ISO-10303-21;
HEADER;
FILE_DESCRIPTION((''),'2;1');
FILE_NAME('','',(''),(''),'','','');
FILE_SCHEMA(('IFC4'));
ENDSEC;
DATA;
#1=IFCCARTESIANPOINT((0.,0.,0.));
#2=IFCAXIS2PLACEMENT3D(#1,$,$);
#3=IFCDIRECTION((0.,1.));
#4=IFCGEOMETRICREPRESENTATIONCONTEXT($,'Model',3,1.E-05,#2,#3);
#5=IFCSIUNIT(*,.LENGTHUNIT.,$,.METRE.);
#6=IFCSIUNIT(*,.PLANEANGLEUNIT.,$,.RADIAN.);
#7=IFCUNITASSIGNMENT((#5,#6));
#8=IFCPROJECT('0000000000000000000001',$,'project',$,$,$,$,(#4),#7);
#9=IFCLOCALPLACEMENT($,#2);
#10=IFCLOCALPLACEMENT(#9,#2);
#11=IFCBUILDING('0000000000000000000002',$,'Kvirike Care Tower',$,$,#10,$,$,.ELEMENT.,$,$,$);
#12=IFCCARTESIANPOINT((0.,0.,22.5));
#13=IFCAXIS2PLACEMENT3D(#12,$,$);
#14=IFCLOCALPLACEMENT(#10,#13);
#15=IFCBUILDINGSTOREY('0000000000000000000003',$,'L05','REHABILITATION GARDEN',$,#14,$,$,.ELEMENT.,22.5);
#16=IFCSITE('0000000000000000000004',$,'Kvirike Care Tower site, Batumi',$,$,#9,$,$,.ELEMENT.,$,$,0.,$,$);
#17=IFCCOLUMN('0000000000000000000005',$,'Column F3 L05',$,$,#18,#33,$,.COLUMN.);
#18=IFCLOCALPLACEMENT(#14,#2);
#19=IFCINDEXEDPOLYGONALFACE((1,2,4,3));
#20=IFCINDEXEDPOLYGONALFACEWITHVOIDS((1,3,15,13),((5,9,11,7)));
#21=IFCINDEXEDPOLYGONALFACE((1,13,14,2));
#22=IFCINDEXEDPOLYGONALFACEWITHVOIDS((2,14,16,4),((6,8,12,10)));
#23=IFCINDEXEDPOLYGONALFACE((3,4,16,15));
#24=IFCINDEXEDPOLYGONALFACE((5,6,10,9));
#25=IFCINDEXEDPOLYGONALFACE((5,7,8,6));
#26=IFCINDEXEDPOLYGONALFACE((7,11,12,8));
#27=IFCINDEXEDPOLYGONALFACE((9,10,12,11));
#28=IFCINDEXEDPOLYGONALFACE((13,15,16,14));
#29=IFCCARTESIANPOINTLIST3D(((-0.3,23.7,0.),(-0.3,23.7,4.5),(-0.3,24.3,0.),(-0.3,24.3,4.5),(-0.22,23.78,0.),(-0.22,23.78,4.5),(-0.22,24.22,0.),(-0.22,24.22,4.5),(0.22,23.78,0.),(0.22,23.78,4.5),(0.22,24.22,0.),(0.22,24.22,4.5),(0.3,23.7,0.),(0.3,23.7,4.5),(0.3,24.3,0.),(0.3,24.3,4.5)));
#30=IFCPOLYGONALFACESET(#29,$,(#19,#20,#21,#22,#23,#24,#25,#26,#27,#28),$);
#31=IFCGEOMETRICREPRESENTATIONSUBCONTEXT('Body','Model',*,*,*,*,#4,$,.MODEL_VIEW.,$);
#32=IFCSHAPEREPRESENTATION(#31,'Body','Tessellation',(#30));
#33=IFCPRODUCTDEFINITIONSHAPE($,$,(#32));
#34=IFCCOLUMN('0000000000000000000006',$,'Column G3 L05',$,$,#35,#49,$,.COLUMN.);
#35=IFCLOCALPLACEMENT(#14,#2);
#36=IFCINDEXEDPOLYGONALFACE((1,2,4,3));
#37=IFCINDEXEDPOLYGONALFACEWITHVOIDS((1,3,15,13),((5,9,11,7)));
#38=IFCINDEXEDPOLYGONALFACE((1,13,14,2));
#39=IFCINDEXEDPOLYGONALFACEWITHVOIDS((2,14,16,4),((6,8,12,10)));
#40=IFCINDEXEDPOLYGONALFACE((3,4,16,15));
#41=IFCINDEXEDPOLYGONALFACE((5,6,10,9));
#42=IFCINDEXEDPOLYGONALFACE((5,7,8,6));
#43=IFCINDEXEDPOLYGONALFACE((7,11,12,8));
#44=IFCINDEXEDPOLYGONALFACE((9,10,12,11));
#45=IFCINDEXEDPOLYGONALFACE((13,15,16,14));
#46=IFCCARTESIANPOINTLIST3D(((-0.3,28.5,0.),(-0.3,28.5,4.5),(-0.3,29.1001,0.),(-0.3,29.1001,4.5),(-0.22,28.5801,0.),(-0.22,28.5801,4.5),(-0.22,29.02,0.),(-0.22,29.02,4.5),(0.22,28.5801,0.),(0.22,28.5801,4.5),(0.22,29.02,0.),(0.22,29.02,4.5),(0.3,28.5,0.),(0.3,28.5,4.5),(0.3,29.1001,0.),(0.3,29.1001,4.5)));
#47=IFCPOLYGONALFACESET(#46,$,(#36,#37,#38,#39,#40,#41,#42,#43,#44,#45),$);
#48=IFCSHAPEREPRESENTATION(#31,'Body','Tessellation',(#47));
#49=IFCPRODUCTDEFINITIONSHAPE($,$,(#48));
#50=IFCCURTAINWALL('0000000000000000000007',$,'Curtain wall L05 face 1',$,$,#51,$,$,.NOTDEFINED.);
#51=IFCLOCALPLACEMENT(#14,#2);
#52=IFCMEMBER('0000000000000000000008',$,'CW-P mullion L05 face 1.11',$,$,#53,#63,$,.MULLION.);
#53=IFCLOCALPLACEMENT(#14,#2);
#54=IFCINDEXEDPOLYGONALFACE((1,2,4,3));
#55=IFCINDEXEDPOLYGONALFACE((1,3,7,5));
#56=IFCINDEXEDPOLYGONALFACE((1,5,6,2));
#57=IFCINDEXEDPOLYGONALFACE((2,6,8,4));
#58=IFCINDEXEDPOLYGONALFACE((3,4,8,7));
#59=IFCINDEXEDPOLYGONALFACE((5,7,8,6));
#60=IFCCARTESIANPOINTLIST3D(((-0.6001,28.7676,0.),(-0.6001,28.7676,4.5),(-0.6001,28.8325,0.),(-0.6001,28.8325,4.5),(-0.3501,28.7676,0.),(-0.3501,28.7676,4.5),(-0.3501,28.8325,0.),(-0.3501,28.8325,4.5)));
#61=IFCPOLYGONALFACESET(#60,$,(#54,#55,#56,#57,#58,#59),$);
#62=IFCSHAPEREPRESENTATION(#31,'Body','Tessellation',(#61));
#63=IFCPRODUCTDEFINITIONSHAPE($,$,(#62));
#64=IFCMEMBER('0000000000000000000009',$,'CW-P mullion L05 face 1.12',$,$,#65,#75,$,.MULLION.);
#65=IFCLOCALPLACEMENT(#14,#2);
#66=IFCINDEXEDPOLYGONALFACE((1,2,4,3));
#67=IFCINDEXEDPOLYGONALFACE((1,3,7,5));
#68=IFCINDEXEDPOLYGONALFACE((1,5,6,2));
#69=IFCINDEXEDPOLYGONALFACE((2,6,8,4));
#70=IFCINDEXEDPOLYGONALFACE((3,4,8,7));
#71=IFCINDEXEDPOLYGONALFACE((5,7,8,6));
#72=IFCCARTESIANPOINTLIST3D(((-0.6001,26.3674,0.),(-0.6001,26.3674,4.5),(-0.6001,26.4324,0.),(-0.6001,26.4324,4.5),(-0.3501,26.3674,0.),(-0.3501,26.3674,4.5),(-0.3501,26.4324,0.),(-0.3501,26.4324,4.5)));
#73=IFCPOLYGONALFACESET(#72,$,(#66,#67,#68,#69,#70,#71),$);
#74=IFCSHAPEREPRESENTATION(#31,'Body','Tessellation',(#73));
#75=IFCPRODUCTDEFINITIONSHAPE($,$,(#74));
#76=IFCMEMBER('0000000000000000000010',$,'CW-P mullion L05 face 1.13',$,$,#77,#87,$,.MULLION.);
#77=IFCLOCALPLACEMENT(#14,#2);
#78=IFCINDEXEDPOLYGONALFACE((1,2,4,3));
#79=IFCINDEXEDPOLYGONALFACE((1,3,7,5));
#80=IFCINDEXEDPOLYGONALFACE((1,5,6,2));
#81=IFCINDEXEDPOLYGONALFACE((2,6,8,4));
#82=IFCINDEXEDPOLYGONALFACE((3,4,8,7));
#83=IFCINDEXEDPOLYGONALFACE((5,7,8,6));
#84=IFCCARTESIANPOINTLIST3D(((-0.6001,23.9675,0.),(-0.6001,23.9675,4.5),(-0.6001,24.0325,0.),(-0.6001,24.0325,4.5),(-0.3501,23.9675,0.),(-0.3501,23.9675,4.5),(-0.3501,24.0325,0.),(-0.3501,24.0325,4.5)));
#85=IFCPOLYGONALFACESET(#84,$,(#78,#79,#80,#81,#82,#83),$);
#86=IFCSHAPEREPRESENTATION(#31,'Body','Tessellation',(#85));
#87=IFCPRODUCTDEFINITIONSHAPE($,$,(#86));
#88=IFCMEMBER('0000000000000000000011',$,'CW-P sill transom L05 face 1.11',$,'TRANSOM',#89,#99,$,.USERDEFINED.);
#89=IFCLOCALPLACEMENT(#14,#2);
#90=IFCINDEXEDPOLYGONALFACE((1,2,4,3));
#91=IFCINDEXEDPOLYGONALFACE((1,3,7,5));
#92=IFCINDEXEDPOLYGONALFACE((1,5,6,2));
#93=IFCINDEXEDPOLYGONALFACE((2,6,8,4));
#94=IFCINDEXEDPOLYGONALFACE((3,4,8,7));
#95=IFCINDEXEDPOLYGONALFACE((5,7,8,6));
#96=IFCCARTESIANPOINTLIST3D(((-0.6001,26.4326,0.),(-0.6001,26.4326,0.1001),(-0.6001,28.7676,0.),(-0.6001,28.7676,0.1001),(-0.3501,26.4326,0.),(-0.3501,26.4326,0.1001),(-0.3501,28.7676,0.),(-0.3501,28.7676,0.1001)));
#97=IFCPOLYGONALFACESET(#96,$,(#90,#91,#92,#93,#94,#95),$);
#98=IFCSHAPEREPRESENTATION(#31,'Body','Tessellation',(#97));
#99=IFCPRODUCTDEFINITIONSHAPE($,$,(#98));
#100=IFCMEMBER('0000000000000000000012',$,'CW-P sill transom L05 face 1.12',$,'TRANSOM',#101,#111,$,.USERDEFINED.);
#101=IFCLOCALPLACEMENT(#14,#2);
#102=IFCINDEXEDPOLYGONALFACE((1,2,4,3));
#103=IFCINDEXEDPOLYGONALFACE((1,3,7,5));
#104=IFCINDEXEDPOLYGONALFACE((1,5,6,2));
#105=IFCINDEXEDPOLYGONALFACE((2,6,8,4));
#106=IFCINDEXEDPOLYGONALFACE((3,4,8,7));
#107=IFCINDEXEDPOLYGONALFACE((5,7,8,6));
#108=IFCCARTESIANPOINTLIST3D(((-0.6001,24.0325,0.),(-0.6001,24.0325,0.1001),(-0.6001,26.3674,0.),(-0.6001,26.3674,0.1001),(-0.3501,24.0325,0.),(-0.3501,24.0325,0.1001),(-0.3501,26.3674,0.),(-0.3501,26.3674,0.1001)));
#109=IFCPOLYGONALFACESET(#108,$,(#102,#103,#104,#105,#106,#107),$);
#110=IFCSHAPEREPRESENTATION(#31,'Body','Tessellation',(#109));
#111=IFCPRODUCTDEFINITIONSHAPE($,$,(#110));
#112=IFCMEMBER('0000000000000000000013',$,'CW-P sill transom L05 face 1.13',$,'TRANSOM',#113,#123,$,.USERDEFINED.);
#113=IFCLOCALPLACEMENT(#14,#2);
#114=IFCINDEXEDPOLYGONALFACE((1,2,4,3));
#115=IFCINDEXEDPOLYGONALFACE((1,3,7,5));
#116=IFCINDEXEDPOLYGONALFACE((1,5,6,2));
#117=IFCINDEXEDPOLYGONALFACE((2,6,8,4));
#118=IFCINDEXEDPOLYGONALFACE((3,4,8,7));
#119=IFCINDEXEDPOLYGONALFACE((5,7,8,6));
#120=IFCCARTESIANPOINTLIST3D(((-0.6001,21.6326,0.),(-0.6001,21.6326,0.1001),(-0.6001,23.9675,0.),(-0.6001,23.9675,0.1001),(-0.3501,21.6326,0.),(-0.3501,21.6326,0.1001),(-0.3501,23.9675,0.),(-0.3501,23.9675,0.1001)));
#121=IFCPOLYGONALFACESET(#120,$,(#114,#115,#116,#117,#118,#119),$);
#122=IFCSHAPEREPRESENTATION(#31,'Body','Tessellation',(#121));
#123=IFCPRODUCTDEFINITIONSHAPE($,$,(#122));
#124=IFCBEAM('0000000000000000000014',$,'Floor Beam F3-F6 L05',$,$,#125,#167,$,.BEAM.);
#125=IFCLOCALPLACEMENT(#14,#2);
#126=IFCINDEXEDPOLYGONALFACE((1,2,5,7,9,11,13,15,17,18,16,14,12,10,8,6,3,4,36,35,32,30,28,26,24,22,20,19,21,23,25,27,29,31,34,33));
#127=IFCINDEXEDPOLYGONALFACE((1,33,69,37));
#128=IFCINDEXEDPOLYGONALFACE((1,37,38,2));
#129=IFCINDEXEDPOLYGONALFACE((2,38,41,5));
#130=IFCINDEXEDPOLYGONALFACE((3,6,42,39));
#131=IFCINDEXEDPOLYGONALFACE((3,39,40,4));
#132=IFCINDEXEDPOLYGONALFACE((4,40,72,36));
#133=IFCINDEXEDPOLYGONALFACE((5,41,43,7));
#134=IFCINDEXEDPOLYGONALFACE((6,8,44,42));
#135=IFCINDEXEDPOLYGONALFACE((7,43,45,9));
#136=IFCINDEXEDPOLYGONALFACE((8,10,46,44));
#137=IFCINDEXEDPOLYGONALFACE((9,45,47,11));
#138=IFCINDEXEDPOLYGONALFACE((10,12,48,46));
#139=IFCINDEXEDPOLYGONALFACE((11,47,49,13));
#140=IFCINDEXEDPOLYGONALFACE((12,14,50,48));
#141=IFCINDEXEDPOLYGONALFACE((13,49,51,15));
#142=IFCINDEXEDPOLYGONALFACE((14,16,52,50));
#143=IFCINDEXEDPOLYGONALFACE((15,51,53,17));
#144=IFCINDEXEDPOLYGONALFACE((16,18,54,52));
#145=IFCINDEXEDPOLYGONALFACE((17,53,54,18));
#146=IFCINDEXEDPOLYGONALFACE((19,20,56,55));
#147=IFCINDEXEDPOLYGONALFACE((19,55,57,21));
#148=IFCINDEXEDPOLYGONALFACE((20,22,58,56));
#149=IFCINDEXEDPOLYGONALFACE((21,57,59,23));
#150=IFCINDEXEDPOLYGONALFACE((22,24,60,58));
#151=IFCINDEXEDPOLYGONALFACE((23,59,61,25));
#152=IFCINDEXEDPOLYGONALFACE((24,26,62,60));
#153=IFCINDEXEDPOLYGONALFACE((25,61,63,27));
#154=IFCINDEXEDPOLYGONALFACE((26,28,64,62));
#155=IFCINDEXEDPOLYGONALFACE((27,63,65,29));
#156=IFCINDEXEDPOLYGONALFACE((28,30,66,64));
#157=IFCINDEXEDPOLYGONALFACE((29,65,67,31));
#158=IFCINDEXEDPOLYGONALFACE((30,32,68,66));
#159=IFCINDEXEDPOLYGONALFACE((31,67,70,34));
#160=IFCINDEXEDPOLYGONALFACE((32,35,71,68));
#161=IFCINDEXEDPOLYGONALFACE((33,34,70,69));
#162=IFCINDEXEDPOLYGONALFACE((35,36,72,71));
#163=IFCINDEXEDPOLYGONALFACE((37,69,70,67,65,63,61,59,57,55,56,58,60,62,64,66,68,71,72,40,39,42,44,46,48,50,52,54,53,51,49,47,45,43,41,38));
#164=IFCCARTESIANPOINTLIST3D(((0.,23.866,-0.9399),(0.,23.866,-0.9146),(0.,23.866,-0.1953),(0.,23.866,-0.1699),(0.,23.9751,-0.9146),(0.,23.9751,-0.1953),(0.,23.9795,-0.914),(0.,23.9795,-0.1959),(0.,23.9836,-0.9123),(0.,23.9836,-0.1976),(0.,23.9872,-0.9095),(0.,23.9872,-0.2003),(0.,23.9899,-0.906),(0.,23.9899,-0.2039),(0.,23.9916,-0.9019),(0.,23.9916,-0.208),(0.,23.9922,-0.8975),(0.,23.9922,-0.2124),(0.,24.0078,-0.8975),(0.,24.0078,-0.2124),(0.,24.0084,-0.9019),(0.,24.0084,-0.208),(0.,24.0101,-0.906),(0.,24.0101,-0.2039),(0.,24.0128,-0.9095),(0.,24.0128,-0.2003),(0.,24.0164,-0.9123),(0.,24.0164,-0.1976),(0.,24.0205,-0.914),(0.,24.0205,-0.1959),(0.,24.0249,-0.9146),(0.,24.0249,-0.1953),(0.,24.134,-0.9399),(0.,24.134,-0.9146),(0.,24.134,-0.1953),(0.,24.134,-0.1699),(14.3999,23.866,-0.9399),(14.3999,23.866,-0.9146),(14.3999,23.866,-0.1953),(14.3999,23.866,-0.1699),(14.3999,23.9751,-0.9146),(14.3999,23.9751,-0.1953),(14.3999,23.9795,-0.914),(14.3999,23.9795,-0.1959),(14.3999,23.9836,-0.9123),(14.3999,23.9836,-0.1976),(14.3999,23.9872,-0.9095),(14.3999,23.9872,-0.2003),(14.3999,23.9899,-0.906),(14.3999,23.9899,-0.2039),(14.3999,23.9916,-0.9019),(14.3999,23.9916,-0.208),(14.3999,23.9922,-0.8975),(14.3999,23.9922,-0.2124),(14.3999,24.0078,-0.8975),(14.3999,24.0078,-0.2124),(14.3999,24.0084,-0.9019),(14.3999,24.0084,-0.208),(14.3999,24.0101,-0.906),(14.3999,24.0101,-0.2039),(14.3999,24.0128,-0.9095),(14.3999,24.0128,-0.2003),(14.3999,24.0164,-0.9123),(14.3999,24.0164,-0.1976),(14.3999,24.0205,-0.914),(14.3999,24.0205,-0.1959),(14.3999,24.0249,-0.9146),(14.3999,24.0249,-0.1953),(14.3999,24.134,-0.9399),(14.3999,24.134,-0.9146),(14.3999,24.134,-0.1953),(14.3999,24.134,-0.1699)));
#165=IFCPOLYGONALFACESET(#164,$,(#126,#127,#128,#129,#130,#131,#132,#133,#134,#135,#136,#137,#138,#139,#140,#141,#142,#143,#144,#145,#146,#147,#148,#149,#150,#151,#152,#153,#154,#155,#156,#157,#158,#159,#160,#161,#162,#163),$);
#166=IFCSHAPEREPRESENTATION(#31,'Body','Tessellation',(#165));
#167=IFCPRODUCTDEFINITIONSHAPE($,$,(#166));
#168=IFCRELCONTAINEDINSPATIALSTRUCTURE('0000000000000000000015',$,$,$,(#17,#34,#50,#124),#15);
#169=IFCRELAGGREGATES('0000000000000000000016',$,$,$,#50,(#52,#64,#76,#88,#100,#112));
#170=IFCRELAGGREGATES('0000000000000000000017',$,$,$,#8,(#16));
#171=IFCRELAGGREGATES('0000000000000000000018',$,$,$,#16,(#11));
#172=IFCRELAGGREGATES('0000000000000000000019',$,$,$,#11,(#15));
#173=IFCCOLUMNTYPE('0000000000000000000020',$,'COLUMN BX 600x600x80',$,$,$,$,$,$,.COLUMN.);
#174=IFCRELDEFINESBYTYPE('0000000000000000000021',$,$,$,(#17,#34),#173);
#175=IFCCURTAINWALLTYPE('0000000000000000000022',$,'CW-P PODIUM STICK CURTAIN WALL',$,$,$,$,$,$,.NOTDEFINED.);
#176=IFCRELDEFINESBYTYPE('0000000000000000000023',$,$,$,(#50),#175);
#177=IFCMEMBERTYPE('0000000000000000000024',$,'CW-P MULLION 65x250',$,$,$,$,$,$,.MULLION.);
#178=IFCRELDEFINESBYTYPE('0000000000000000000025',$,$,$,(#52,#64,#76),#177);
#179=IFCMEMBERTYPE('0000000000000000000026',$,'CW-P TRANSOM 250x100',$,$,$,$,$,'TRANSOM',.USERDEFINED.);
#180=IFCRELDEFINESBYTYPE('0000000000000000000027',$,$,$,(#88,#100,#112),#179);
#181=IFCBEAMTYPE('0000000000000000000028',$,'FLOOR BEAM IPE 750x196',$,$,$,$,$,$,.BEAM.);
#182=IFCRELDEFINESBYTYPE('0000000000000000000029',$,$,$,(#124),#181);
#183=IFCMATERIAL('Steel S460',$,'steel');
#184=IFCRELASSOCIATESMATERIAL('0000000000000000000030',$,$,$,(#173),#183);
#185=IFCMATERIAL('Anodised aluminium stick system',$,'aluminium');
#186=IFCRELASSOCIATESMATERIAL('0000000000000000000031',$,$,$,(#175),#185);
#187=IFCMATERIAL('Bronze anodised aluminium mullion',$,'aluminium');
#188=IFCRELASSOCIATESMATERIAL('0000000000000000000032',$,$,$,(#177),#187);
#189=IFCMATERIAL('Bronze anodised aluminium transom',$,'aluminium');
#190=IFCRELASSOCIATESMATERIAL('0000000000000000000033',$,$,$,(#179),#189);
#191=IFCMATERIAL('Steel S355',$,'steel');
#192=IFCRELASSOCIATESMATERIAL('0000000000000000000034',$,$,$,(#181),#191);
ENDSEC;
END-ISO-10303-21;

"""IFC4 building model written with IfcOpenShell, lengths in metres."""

from ifc_helpers import new_model, si_unit, direction, frame, origin, origin_2d, place, context, subcontext, project, spatial, rectangle, hollow_rectangle, i_section, extrude, material, material_profile, profile_set, type_object, element, aggregate, save


model = new_model("IFC4")

# Units and contexts
model_context = context("Model", 3, precision=1e-05, world=origin(), true_north=direction((0.0, 1.0)))
body_context = subcontext(model_context, "Body", "Model", "MODEL_VIEW")
ifc_project = project(units=[si_unit("LENGTHUNIT", "METRE"), si_unit("PLANEANGLEUNIT", "RADIAN")], contexts=[model_context])

# Site, building, storey
site_placement = place(None, origin())
site = spatial("IfcSite", under=ifc_project, at=site_placement, Name="Kvirike Care Tower site, Batumi", CompositionType="ELEMENT", RefElevation=0.0)
building_placement = place(site_placement, origin())
building = spatial("IfcBuilding", under=site, at=building_placement, Name="Kvirike Care Tower", CompositionType="ELEMENT")
storey_placement = place(building_placement, frame((0.0, 0.0, 22.5)))
storey = spatial("IfcBuildingStorey", under=building, at=storey_placement, Name="L05", Description="REHABILITATION GARDEN", CompositionType="ELEMENT", Elevation=22.5)

# Columns
ifc_material_1 = material(Name="Steel S460", Category="steel")
ifc_material_profile_1 = material_profile(ifc_material_1, hollow_rectangle(XDim=0.6001, YDim=0.6001, WallThickness=0.0801, at=origin_2d()), Name="BX 600x600x80")
ifc_profile_set_1 = profile_set([ifc_material_profile_1], Name="Steel S460")
column_type = type_object("IfcColumnType", Name="COLUMN BX 600x600x80", PredefinedType="COLUMN", material=ifc_profile_set_1)
for number, where, z_axis, x_axis, name in (
    (1, (0.0, 24.0, 0.0), (0.0, 0.0, 1.0), (1.0, 0.0, 0.0), "Column F3 L05"),
    (2, (0.0, 28.8, 0.0), (0.0, 0.0, 1.0), (0.0, 1.0, 0.0), "Column G3 L05"),
):
    element("IfcColumn", number, at=place(storey_placement, frame(where, z_axis=z_axis, x_axis=x_axis)), inside=storey, type_object=column_type, Name=name, PredefinedType="COLUMN", context=body_context, shape_type="SweptSolid", body=[
        extrude(hollow_rectangle(XDim=0.6001, YDim=0.6001, WallThickness=0.0801, at=origin_2d()), origin(), (0.0, 0.0, 1.0), 4.5),
    ])

# Curtain wall, members
ifc_material_2 = material(Name="Anodised aluminium stick system", Category="aluminium")
curtain_wall_type = type_object("IfcCurtainWallType", Name="CW-P PODIUM STICK CURTAIN WALL", PredefinedType="NOTDEFINED", material=ifc_material_2)
curtain_wall_placement = place(storey_placement, origin())
curtain_wall = element("IfcCurtainWall", 3, at=curtain_wall_placement, inside=storey, type_object=curtain_wall_type, Name="Curtain wall L05 face 1", PredefinedType="NOTDEFINED")
ifc_material_3 = material(Name="Bronze anodised aluminium mullion", Category="aluminium")
ifc_material_profile_2 = material_profile(ifc_material_3, rectangle(XDim=0.0649, YDim=0.25, at=origin_2d()), Name="CW-P MULLION 65x250")
ifc_profile_set_2 = profile_set([ifc_material_profile_2], Name="Bronze anodised aluminium mullion")
member_type_1 = type_object("IfcMemberType", Name="CW-P MULLION 65x250", PredefinedType="MULLION", material=ifc_profile_set_2)
member_1_placement = place(storey_placement, frame((-0.4751, 28.8, 0.0), z_axis=(0.0, 0.0, 1.0), x_axis=(0.0, -1.0, 0.0)))
member_1 = element("IfcMember", 4, at=member_1_placement, type_object=member_type_1, Name="CW-P mullion L05 face 1.11", PredefinedType="MULLION", context=body_context, shape_type="SweptSolid", body=[
    extrude(rectangle(XDim=0.0649, YDim=0.25, at=origin_2d()), origin(), (0.0, 0.0, 1.0), 4.5),
])
member_2_placement = place(storey_placement, frame((-0.4751, 26.3999, 0.0), z_axis=(0.0, 0.0, 1.0), x_axis=(0.0, -1.0, 0.0)))
member_2 = element("IfcMember", 5, at=member_2_placement, type_object=member_type_1, Name="CW-P mullion L05 face 1.12", PredefinedType="MULLION", context=body_context, shape_type="SweptSolid", body=[
    extrude(rectangle(XDim=0.0649, YDim=0.25, at=origin_2d()), origin(), (0.0, 0.0, 1.0), 4.5),
])
member_3_placement = place(storey_placement, frame((-0.4751, 24.0, 0.0), z_axis=(0.0, 0.0, 1.0), x_axis=(0.0, -1.0, 0.0)))
member_3 = element("IfcMember", 6, at=member_3_placement, type_object=member_type_1, Name="CW-P mullion L05 face 1.13", PredefinedType="MULLION", context=body_context, shape_type="SweptSolid", body=[
    extrude(rectangle(XDim=0.0649, YDim=0.25, at=origin_2d()), origin(), (0.0, 0.0, 1.0), 4.5),
])
ifc_material_4 = material(Name="Bronze anodised aluminium transom", Category="aluminium")
ifc_material_profile_3 = material_profile(ifc_material_4, rectangle(XDim=0.25, YDim=0.1001, at=origin_2d()), Name="CW-P TRANSOM 250x100")
ifc_profile_set_3 = profile_set([ifc_material_profile_3], Name="Bronze anodised aluminium transom")
member_type_2 = type_object("IfcMemberType", Name="CW-P TRANSOM 250x100", ElementType="TRANSOM", PredefinedType="USERDEFINED", material=ifc_profile_set_3)
member_4_placement = place(storey_placement, frame((-0.4751, 28.7676, 0.05), z_axis=(0.0, -1.0, 0.0), x_axis=(1.0, 0.0, 0.0)))
member_4 = element("IfcMember", 7, at=member_4_placement, type_object=member_type_2, Name="CW-P sill transom L05 face 1.11", ObjectType="TRANSOM", PredefinedType="USERDEFINED", context=body_context, shape_type="SweptSolid", body=[
    extrude(rectangle(XDim=0.25, YDim=0.1001, at=origin_2d()), origin(), (0.0, 0.0, 1.0), 2.335),
])
member_5_placement = place(storey_placement, frame((-0.4751, 26.3674, 0.05), z_axis=(0.0, -1.0, 0.0), x_axis=(1.0, 0.0, 0.0)))
member_5 = element("IfcMember", 8, at=member_5_placement, type_object=member_type_2, Name="CW-P sill transom L05 face 1.12", ObjectType="TRANSOM", PredefinedType="USERDEFINED", context=body_context, shape_type="SweptSolid", body=[
    extrude(rectangle(XDim=0.25, YDim=0.1001, at=origin_2d()), origin(), (0.0, 0.0, 1.0), 2.335),
])
member_6_placement = place(storey_placement, frame((-0.4751, 23.9675, 0.05), z_axis=(0.0, -1.0, 0.0), x_axis=(1.0, 0.0, 0.0)))
member_6 = element("IfcMember", 9, at=member_6_placement, type_object=member_type_2, Name="CW-P sill transom L05 face 1.13", ObjectType="TRANSOM", PredefinedType="USERDEFINED", context=body_context, shape_type="SweptSolid", body=[
    extrude(rectangle(XDim=0.25, YDim=0.1001, at=origin_2d()), origin(), (0.0, 0.0, 1.0), 2.335),
])

# Beam
ifc_material_5 = material(Name="Steel S355", Category="steel")
ifc_material_profile_4 = material_profile(ifc_material_5, i_section(OverallWidth=0.2681, OverallDepth=0.77, WebThickness=0.0156, FlangeThickness=0.0254, FilletRadius=0.0171, at=origin_2d()), Name="IPE 750x196")
ifc_profile_set_4 = profile_set([ifc_material_profile_4], Name="Steel S355")
beam_type_1 = type_object("IfcBeamType", Name="FLOOR BEAM IPE 750x196", PredefinedType="BEAM", material=ifc_profile_set_4)
beam_1_placement = place(storey_placement, frame((0.0, 24.0, -0.5549), z_axis=(1.0, 0.0, 0.0), x_axis=(0.0, 1.0, 0.0)))
element("IfcBeam", 10, at=beam_1_placement, inside=storey, type_object=beam_type_1, Name="Floor Beam F3-F6 L05", PredefinedType="BEAM", context=body_context, shape_type="SweptSolid", body=[
    extrude(i_section(OverallWidth=0.2681, OverallDepth=0.77, WebThickness=0.0156, FlangeThickness=0.0254, FilletRadius=0.0171, at=origin_2d()), origin(), (0.0, 0.0, 1.0), 14.3999),
])

aggregate(curtain_wall, [member_1, member_2, member_3, member_4, member_5, member_6])

save(model, "model.ifc")
